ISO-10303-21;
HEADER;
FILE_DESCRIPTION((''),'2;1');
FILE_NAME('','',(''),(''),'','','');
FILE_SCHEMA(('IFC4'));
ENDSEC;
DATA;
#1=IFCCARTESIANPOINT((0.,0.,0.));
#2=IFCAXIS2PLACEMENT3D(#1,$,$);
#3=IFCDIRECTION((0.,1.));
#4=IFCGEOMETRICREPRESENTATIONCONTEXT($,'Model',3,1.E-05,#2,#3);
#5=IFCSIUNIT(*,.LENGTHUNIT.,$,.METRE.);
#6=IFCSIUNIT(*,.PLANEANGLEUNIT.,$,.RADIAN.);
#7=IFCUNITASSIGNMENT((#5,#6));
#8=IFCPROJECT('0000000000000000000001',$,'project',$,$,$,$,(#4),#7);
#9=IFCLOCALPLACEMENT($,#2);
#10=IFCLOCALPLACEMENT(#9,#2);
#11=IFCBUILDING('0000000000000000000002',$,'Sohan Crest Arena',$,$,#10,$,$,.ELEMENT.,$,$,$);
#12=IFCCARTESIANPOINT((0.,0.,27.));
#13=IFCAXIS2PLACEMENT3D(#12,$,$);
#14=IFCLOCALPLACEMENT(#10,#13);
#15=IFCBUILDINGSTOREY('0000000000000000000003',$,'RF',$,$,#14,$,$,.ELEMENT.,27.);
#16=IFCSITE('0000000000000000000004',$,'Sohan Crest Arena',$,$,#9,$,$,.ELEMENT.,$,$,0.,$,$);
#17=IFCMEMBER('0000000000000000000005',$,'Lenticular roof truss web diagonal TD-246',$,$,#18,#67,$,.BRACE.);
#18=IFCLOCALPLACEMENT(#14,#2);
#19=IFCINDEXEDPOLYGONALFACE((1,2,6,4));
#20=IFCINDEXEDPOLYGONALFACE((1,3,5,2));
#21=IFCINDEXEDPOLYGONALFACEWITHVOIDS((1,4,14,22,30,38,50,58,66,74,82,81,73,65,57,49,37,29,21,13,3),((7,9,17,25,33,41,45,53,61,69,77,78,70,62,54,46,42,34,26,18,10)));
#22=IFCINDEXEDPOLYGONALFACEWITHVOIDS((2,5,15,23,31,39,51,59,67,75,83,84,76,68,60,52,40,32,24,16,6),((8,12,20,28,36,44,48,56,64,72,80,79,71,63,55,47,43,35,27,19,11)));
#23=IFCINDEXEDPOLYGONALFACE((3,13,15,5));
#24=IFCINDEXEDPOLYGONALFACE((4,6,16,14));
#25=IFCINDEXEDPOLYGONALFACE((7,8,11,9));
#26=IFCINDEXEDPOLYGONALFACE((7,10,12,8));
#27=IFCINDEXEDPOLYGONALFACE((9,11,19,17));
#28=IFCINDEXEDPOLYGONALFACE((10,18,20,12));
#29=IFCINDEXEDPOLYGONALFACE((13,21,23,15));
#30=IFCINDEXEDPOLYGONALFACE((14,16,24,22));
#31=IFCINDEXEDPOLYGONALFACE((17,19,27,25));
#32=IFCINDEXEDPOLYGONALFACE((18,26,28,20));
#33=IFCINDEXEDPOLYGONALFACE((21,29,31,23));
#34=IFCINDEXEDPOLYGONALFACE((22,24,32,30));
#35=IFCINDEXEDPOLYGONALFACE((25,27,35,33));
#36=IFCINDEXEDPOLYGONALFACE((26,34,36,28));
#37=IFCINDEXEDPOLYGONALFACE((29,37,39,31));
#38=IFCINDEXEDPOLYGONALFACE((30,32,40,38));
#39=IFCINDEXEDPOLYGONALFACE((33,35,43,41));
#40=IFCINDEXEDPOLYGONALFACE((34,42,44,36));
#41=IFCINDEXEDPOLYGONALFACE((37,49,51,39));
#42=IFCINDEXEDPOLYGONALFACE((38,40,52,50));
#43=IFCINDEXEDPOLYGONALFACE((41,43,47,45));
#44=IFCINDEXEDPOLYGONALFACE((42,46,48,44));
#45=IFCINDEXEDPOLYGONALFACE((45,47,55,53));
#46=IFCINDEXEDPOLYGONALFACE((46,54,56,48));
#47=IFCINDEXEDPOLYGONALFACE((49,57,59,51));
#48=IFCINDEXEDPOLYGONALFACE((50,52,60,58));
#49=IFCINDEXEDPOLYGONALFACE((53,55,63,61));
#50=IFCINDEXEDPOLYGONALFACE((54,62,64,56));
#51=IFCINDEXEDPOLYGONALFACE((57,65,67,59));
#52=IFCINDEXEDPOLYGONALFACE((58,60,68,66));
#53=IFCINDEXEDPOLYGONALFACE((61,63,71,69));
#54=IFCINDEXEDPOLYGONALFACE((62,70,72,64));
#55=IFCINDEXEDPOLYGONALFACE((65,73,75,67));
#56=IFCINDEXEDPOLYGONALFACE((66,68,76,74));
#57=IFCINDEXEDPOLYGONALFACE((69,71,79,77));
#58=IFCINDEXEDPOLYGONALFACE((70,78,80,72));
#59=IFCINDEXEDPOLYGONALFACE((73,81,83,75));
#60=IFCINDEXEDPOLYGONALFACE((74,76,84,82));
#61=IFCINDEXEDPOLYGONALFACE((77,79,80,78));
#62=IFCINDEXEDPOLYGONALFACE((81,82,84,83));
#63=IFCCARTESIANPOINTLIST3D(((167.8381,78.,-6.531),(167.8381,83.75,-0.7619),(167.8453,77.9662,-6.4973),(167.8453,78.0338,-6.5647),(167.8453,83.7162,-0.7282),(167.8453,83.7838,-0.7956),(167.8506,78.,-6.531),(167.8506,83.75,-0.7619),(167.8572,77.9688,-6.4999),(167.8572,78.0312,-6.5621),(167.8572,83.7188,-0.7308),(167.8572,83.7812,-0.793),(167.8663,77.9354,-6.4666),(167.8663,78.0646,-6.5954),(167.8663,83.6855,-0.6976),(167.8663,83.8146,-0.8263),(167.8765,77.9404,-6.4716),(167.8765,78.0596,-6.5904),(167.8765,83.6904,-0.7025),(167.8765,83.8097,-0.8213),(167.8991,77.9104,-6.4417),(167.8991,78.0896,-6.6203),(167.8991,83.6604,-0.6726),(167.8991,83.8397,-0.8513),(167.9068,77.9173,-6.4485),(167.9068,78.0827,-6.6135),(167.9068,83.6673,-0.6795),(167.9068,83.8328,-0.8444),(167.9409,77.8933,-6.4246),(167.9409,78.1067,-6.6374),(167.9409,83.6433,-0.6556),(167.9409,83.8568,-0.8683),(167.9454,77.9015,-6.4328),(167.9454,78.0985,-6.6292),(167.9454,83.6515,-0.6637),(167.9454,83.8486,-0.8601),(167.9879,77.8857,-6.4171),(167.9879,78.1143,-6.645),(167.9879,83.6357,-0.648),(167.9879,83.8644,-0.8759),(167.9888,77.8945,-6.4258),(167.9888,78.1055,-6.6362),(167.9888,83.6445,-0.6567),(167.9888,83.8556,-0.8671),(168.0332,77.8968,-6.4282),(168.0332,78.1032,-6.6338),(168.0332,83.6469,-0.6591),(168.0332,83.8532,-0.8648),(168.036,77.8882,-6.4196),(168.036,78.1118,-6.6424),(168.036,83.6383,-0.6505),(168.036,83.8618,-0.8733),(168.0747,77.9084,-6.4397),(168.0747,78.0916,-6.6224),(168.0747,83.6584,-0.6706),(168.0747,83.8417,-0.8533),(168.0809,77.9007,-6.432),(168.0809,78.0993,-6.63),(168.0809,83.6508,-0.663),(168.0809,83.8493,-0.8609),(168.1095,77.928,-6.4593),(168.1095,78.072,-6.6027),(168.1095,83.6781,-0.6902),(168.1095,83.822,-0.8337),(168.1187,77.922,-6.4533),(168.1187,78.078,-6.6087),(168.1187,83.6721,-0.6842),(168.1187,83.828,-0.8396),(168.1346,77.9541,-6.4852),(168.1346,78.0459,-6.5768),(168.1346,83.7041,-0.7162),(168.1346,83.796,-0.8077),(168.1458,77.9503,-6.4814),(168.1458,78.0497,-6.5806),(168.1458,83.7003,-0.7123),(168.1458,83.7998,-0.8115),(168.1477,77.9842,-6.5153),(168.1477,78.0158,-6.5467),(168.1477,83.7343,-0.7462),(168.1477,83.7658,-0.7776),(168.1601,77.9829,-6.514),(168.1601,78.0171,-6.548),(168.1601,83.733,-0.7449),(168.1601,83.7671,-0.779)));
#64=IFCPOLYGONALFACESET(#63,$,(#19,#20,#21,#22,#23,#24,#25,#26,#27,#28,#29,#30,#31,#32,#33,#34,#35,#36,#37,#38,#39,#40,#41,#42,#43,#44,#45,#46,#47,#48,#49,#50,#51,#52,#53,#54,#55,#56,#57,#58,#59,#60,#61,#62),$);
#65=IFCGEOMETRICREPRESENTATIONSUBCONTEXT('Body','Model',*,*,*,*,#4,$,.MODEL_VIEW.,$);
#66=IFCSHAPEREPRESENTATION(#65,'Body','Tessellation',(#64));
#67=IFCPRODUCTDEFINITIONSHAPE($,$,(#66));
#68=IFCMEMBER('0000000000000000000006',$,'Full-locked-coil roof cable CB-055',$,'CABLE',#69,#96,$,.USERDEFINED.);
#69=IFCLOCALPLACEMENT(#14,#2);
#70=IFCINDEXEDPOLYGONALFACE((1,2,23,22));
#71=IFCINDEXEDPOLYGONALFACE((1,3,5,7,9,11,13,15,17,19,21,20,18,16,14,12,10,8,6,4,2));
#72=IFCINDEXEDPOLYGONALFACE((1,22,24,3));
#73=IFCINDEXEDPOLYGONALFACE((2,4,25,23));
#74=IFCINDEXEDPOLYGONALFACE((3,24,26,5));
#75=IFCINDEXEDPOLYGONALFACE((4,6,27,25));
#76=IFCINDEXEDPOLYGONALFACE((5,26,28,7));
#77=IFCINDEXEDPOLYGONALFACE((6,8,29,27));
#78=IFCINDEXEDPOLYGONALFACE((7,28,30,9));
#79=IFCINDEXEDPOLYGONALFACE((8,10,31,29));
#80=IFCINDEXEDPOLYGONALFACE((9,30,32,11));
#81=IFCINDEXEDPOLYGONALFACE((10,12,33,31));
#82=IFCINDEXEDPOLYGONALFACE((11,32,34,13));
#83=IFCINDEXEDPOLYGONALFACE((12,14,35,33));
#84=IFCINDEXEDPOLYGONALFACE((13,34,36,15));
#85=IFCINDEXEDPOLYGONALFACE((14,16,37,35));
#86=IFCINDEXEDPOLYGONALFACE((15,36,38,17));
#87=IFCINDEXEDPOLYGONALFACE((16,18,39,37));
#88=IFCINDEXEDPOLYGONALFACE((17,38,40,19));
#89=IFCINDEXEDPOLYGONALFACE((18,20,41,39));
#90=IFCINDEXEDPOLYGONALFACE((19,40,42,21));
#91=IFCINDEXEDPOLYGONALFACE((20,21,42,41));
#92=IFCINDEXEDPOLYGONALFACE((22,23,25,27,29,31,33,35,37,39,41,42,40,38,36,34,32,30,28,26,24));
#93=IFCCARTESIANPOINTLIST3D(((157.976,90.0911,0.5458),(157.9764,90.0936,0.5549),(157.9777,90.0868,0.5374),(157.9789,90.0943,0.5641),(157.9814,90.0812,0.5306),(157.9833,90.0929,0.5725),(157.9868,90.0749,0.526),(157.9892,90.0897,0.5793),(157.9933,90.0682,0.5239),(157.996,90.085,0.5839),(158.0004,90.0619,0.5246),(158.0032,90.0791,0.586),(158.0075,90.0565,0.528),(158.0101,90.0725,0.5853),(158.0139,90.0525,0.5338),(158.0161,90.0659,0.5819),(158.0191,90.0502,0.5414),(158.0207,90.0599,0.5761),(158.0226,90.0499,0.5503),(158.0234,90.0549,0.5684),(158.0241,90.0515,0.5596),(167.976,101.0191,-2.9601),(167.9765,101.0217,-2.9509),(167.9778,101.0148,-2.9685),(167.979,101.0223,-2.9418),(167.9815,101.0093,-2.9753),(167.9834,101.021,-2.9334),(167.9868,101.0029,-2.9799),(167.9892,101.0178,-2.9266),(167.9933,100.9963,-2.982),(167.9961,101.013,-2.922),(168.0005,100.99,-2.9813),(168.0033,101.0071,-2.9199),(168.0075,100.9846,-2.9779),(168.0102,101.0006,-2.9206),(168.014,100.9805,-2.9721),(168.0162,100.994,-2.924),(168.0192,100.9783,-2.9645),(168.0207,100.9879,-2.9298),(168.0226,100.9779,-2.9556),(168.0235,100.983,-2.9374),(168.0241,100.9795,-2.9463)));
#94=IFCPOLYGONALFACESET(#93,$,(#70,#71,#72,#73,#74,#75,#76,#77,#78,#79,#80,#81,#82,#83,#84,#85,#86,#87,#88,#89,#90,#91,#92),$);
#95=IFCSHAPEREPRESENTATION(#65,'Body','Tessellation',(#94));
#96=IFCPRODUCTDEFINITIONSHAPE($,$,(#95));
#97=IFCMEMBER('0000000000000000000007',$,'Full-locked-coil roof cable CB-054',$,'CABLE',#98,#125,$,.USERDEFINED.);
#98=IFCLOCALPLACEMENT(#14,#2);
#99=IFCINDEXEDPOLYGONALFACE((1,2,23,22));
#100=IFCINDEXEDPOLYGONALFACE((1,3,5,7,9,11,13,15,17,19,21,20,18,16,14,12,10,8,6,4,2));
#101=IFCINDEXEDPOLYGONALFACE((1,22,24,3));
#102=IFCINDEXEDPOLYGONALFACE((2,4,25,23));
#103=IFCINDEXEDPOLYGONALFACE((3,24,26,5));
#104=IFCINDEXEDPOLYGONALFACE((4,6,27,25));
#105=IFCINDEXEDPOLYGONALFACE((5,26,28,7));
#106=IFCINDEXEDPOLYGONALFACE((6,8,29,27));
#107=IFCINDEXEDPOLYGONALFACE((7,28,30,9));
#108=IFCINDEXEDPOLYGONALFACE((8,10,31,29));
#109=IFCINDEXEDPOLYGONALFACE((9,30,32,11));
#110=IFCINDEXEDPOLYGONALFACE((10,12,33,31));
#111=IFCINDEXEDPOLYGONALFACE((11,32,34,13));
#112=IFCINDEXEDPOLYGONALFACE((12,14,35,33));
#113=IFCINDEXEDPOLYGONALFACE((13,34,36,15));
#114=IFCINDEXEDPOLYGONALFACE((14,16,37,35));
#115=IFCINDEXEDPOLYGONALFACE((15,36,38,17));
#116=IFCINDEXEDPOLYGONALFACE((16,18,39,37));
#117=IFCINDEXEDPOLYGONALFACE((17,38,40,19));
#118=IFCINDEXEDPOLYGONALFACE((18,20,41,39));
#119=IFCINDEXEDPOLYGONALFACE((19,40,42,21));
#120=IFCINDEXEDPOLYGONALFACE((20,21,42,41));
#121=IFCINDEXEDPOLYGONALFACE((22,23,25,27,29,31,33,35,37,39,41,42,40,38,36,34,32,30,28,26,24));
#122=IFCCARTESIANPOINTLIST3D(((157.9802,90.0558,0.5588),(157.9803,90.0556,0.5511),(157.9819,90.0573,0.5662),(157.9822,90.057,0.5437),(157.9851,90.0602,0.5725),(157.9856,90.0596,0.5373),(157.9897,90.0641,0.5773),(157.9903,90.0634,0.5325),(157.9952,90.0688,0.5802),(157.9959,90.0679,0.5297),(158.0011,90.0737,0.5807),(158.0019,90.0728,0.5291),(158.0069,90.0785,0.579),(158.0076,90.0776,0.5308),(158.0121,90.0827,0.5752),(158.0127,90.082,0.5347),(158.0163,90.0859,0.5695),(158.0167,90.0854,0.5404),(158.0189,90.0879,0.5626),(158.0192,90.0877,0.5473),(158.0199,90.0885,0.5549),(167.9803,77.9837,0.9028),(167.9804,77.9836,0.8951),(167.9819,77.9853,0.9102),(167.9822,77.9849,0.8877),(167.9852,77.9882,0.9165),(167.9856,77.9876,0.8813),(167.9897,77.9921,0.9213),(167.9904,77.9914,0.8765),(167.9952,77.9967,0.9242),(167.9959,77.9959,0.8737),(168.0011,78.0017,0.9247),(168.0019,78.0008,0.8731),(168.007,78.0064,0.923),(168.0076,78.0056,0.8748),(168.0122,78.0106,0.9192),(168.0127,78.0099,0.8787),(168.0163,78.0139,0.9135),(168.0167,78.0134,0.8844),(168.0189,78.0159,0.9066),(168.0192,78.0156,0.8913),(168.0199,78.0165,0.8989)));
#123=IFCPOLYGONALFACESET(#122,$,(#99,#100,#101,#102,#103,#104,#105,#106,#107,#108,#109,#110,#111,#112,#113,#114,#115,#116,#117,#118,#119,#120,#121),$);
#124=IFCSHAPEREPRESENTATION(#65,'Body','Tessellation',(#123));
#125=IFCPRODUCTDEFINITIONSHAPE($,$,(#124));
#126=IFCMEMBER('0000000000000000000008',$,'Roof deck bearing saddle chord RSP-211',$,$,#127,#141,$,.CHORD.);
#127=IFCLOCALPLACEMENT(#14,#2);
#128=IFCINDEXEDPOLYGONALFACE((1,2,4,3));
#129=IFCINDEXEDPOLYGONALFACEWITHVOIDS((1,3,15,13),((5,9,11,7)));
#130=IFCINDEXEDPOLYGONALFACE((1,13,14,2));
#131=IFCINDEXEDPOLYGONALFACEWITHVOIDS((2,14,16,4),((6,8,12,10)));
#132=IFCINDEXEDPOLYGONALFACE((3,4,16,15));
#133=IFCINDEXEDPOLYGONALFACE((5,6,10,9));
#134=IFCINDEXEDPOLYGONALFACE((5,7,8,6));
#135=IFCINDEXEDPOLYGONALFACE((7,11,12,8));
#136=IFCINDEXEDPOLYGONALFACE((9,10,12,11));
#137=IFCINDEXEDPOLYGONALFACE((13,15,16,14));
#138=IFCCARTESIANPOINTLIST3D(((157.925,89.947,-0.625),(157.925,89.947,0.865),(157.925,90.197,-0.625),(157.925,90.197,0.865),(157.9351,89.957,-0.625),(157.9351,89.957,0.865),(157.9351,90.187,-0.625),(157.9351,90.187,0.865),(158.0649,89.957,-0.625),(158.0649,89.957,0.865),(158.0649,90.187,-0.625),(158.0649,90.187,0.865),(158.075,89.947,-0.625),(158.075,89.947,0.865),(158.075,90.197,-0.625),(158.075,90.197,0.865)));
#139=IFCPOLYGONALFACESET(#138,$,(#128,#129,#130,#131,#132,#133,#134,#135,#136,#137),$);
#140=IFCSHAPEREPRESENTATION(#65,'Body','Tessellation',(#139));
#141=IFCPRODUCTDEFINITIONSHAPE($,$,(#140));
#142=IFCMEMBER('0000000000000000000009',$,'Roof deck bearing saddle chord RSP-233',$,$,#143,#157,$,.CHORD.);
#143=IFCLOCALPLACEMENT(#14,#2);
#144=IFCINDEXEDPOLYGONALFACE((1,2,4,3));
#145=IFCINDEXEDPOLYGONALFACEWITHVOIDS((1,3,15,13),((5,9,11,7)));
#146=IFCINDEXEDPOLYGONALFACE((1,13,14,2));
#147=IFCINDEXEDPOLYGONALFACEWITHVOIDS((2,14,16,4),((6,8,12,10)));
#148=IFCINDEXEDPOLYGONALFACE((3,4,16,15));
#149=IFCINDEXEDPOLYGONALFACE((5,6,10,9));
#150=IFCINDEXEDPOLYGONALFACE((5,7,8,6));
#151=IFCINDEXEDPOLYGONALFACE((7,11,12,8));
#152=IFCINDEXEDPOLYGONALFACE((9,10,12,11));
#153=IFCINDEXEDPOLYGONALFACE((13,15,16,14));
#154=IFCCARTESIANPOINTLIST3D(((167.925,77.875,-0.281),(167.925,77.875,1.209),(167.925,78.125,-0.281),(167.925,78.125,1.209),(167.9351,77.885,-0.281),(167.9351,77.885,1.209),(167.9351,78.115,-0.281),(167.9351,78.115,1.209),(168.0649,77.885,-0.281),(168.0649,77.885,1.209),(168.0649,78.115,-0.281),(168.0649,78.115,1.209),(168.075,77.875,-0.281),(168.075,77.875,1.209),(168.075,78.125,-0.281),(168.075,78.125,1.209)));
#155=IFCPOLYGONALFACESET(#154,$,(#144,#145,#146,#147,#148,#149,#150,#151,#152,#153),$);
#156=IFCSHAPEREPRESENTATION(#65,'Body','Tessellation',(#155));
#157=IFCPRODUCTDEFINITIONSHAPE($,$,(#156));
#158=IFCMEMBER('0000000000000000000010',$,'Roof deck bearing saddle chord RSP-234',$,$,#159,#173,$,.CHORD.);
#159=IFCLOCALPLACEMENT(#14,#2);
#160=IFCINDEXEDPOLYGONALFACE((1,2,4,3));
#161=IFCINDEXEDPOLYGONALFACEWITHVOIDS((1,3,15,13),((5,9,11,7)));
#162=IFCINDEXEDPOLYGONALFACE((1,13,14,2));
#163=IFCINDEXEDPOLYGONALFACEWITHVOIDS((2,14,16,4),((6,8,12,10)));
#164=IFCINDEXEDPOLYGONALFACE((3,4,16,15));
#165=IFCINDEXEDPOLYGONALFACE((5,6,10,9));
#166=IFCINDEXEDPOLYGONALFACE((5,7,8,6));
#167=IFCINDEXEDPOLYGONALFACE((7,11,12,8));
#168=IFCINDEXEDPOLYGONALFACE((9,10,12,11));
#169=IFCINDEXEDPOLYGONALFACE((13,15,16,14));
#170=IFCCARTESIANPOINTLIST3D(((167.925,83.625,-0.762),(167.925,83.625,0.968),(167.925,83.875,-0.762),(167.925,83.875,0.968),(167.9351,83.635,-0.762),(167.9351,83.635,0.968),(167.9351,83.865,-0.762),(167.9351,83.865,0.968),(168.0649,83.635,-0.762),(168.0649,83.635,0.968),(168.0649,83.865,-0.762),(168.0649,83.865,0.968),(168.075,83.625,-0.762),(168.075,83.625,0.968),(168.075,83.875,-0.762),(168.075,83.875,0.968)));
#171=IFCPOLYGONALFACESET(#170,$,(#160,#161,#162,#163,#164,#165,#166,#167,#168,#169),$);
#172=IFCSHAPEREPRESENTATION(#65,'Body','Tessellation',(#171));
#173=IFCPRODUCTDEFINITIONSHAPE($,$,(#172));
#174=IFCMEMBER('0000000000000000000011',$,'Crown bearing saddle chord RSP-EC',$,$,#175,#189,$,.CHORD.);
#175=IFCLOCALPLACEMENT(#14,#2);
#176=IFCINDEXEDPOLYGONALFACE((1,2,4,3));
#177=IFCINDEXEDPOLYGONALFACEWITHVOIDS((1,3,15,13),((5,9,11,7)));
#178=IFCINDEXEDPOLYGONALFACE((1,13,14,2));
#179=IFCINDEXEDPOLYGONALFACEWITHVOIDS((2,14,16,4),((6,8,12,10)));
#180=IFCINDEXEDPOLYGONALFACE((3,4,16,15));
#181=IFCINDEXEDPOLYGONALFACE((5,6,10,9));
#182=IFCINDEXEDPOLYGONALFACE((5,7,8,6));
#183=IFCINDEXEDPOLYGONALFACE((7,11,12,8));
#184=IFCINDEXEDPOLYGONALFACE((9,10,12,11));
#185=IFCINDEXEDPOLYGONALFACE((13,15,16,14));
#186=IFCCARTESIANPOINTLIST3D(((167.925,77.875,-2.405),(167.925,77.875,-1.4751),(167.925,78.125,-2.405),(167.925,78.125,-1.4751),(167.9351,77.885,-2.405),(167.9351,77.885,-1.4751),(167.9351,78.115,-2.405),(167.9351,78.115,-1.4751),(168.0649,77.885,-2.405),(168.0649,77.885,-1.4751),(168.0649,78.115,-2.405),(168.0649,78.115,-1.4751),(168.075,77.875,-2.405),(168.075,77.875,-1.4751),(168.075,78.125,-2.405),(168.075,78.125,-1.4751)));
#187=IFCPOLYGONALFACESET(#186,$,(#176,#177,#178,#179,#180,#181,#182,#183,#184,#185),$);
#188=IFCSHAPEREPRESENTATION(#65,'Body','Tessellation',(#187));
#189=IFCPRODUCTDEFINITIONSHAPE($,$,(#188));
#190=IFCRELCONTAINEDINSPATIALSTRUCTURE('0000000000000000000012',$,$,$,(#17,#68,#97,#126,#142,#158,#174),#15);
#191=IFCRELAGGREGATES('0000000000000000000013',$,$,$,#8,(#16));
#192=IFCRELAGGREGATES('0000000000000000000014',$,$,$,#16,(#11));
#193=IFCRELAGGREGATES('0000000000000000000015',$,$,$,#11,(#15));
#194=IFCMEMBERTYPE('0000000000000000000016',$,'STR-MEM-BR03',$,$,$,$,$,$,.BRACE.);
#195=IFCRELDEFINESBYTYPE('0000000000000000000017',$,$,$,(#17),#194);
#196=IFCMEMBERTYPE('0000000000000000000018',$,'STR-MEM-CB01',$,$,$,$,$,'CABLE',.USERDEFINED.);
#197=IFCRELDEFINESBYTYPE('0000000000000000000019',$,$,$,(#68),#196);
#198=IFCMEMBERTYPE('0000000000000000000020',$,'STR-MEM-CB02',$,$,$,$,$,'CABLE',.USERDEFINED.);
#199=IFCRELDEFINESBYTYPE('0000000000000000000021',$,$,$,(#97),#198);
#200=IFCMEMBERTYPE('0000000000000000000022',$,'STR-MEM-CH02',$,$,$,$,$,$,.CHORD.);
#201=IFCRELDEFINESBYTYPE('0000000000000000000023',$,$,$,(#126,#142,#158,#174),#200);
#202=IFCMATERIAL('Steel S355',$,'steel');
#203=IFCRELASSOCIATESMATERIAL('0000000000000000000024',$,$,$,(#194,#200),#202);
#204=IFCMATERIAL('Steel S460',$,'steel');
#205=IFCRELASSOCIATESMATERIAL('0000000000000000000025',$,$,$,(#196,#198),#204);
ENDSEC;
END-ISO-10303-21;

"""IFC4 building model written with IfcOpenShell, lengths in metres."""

from ifc_helpers import new_model, si_unit, direction, frame, origin, origin_2d, place, context, subcontext, project, spatial, hollow_rectangle, circle, hollow_circle, extrude, material, material_profile, profile_set, type_object, element, save


model = new_model("IFC4")

# Units and contexts
model_context = context("Model", 3, precision=1e-05, world=origin(), true_north=direction((0.0, 1.0)))
body_context = subcontext(model_context, "Body", "Model", "MODEL_VIEW")
ifc_project = project(units=[si_unit("LENGTHUNIT", "METRE"), si_unit("PLANEANGLEUNIT", "RADIAN")], contexts=[model_context])

# Site, building, storey
site_placement = place(None, origin())
site = spatial("IfcSite", under=ifc_project, at=site_placement, Name="Sohan Crest Arena", CompositionType="ELEMENT", RefElevation=0.0)
building_placement = place(site_placement, origin())
building = spatial("IfcBuilding", under=site, at=building_placement, Name="Sohan Crest Arena", CompositionType="ELEMENT")
storey_placement = place(building_placement, frame((0.0, 0.0, 27.0)))
storey = spatial("IfcBuildingStorey", under=building, at=storey_placement, Name="RF", CompositionType="ELEMENT", Elevation=27.0)

# Shared definitions
ifc_material_1 = material(Name="Steel S355", Category="steel")

# Members
ifc_material_profile_1 = material_profile(ifc_material_1, hollow_circle(Radius=0.1619, WallThickness=0.0125, at=origin_2d()), Name="CHS 323.9x12.5")
ifc_profile_set_1 = profile_set([ifc_material_profile_1], Name="Steel S355")
member_type_1 = type_object("IfcMemberType", Name="STR-MEM-BR03", PredefinedType="BRACE", material=ifc_profile_set_1)
for number, where, z_axis, x_axis, name in (
    (1, (168.0, 78.0, -6.531), (0.0, 0.705937, 0.708275), (-1.0, 0.0, 0.0), "Lenticular roof truss web diagonal TD-246"),
):
    element("IfcMember", number, at=place(storey_placement, frame(where, z_axis=z_axis, x_axis=x_axis)), inside=storey, type_object=member_type_1, Name=name, PredefinedType="BRACE", context=body_context, shape_type="SweptSolid", body=[
        extrude(hollow_circle(Radius=0.1619, WallThickness=0.0125, at=origin_2d()), origin(), (0.0, 0.0, 1.0), 8.1453),
    ])
ifc_material_2 = material(Name="Steel S460", Category="steel")
ifc_material_profile_2 = material_profile(ifc_material_2, circle(Radius=0.032, at=origin_2d()), Name="FLC D64")
ifc_profile_set_2 = profile_set([ifc_material_profile_2], Name="Steel S460")
member_type_2 = type_object("IfcMemberType", Name="STR-MEM-CB01", ElementType="CABLE", PredefinedType="USERDEFINED", material=ifc_profile_set_2)
member_1_placement = place(storey_placement, frame((158.0, 90.072, 0.5549), z_axis=(0.65694, 0.717903, -0.230314), x_axis=(-0.737736, 0.675089, 0.0)))
element("IfcMember", 2, at=member_1_placement, inside=storey, type_object=member_type_2, Name="Full-locked-coil roof cable CB-055", ObjectType="CABLE", PredefinedType="USERDEFINED", context=body_context, shape_type="SweptSolid", body=[
    extrude(circle(Radius=0.032, at=origin_2d()), origin(), (0.0, 0.0, 1.0), 15.2222),
])
ifc_material_profile_3 = material_profile(ifc_material_2, circle(Radius=0.0259, at=origin_2d()), Name="FLC D52")
ifc_profile_set_3 = profile_set([ifc_material_profile_3], Name="Steel S460")
member_type_3 = type_object("IfcMemberType", Name="STR-MEM-CB02", ElementType="CABLE", PredefinedType="USERDEFINED", material=ifc_profile_set_3)
member_2_placement = place(storey_placement, frame((158.0, 90.072, 0.5549), z_axis=(0.637769, -0.769916, 0.021939), x_axis=(0.770101, 0.637922, 0.0)))
element("IfcMember", 3, at=member_2_placement, inside=storey, type_object=member_type_3, Name="Full-locked-coil roof cable CB-054", ObjectType="CABLE", PredefinedType="USERDEFINED", context=body_context, shape_type="SweptSolid", body=[
    extrude(circle(Radius=0.0259, at=origin_2d()), origin(), (0.0, 0.0, 1.0), 15.6797),
])
ifc_material_profile_4 = material_profile(ifc_material_1, hollow_rectangle(XDim=0.1499, YDim=0.25, WallThickness=0.01, at=origin_2d()), Name="RHS 250x150x10")
ifc_profile_set_4 = profile_set([ifc_material_profile_4], Name="Steel S355")
member_type_4 = type_object("IfcMemberType", Name="STR-MEM-CH02", PredefinedType="CHORD", material=ifc_profile_set_4)
for number, where, z_axis, x_axis, name in (
    (4, (158.0, 90.072, -0.625), (0.0, 0.0, 1.0), (1.0, 0.0, 0.0), "Roof deck bearing saddle chord RSP-211"),
    (5, (168.0, 78.0, -0.281), (0.0, 0.0, 1.0), (1.0, 0.0, 0.0), "Roof deck bearing saddle chord RSP-233"),
):
    element("IfcMember", number, at=place(storey_placement, frame(where, z_axis=z_axis, x_axis=x_axis)), inside=storey, type_object=member_type_4, Name=name, PredefinedType="CHORD", context=body_context, shape_type="SweptSolid", body=[
        extrude(hollow_rectangle(XDim=0.1499, YDim=0.25, WallThickness=0.01, at=origin_2d()), origin(), (0.0, 0.0, 1.0), 1.49),
    ])
member_3_placement = place(storey_placement, frame((168.0, 83.75, -0.762), z_axis=(0.0, 0.0, 1.0), x_axis=(1.0, 0.0, 0.0)))
element("IfcMember", 6, at=member_3_placement, inside=storey, type_object=member_type_4, Name="Roof deck bearing saddle chord RSP-234", PredefinedType="CHORD", context=body_context, shape_type="SweptSolid", body=[
    extrude(hollow_rectangle(XDim=0.1499, YDim=0.25, WallThickness=0.01, at=origin_2d()), origin(), (0.0, 0.0, 1.0), 1.73),
])
member_4_placement = place(storey_placement, frame((168.0, 78.0, -2.405), z_axis=(0.0, 0.0, 1.0), x_axis=(1.0, 0.0, 0.0)))
element("IfcMember", 7, at=member_4_placement, inside=storey, type_object=member_type_4, Name="Crown bearing saddle chord RSP-EC", PredefinedType="CHORD", context=body_context, shape_type="SweptSolid", body=[
    extrude(hollow_rectangle(XDim=0.1499, YDim=0.25, WallThickness=0.01, at=origin_2d()), origin(), (0.0, 0.0, 1.0), 0.9299),
])

save(model, "model.ifc")
